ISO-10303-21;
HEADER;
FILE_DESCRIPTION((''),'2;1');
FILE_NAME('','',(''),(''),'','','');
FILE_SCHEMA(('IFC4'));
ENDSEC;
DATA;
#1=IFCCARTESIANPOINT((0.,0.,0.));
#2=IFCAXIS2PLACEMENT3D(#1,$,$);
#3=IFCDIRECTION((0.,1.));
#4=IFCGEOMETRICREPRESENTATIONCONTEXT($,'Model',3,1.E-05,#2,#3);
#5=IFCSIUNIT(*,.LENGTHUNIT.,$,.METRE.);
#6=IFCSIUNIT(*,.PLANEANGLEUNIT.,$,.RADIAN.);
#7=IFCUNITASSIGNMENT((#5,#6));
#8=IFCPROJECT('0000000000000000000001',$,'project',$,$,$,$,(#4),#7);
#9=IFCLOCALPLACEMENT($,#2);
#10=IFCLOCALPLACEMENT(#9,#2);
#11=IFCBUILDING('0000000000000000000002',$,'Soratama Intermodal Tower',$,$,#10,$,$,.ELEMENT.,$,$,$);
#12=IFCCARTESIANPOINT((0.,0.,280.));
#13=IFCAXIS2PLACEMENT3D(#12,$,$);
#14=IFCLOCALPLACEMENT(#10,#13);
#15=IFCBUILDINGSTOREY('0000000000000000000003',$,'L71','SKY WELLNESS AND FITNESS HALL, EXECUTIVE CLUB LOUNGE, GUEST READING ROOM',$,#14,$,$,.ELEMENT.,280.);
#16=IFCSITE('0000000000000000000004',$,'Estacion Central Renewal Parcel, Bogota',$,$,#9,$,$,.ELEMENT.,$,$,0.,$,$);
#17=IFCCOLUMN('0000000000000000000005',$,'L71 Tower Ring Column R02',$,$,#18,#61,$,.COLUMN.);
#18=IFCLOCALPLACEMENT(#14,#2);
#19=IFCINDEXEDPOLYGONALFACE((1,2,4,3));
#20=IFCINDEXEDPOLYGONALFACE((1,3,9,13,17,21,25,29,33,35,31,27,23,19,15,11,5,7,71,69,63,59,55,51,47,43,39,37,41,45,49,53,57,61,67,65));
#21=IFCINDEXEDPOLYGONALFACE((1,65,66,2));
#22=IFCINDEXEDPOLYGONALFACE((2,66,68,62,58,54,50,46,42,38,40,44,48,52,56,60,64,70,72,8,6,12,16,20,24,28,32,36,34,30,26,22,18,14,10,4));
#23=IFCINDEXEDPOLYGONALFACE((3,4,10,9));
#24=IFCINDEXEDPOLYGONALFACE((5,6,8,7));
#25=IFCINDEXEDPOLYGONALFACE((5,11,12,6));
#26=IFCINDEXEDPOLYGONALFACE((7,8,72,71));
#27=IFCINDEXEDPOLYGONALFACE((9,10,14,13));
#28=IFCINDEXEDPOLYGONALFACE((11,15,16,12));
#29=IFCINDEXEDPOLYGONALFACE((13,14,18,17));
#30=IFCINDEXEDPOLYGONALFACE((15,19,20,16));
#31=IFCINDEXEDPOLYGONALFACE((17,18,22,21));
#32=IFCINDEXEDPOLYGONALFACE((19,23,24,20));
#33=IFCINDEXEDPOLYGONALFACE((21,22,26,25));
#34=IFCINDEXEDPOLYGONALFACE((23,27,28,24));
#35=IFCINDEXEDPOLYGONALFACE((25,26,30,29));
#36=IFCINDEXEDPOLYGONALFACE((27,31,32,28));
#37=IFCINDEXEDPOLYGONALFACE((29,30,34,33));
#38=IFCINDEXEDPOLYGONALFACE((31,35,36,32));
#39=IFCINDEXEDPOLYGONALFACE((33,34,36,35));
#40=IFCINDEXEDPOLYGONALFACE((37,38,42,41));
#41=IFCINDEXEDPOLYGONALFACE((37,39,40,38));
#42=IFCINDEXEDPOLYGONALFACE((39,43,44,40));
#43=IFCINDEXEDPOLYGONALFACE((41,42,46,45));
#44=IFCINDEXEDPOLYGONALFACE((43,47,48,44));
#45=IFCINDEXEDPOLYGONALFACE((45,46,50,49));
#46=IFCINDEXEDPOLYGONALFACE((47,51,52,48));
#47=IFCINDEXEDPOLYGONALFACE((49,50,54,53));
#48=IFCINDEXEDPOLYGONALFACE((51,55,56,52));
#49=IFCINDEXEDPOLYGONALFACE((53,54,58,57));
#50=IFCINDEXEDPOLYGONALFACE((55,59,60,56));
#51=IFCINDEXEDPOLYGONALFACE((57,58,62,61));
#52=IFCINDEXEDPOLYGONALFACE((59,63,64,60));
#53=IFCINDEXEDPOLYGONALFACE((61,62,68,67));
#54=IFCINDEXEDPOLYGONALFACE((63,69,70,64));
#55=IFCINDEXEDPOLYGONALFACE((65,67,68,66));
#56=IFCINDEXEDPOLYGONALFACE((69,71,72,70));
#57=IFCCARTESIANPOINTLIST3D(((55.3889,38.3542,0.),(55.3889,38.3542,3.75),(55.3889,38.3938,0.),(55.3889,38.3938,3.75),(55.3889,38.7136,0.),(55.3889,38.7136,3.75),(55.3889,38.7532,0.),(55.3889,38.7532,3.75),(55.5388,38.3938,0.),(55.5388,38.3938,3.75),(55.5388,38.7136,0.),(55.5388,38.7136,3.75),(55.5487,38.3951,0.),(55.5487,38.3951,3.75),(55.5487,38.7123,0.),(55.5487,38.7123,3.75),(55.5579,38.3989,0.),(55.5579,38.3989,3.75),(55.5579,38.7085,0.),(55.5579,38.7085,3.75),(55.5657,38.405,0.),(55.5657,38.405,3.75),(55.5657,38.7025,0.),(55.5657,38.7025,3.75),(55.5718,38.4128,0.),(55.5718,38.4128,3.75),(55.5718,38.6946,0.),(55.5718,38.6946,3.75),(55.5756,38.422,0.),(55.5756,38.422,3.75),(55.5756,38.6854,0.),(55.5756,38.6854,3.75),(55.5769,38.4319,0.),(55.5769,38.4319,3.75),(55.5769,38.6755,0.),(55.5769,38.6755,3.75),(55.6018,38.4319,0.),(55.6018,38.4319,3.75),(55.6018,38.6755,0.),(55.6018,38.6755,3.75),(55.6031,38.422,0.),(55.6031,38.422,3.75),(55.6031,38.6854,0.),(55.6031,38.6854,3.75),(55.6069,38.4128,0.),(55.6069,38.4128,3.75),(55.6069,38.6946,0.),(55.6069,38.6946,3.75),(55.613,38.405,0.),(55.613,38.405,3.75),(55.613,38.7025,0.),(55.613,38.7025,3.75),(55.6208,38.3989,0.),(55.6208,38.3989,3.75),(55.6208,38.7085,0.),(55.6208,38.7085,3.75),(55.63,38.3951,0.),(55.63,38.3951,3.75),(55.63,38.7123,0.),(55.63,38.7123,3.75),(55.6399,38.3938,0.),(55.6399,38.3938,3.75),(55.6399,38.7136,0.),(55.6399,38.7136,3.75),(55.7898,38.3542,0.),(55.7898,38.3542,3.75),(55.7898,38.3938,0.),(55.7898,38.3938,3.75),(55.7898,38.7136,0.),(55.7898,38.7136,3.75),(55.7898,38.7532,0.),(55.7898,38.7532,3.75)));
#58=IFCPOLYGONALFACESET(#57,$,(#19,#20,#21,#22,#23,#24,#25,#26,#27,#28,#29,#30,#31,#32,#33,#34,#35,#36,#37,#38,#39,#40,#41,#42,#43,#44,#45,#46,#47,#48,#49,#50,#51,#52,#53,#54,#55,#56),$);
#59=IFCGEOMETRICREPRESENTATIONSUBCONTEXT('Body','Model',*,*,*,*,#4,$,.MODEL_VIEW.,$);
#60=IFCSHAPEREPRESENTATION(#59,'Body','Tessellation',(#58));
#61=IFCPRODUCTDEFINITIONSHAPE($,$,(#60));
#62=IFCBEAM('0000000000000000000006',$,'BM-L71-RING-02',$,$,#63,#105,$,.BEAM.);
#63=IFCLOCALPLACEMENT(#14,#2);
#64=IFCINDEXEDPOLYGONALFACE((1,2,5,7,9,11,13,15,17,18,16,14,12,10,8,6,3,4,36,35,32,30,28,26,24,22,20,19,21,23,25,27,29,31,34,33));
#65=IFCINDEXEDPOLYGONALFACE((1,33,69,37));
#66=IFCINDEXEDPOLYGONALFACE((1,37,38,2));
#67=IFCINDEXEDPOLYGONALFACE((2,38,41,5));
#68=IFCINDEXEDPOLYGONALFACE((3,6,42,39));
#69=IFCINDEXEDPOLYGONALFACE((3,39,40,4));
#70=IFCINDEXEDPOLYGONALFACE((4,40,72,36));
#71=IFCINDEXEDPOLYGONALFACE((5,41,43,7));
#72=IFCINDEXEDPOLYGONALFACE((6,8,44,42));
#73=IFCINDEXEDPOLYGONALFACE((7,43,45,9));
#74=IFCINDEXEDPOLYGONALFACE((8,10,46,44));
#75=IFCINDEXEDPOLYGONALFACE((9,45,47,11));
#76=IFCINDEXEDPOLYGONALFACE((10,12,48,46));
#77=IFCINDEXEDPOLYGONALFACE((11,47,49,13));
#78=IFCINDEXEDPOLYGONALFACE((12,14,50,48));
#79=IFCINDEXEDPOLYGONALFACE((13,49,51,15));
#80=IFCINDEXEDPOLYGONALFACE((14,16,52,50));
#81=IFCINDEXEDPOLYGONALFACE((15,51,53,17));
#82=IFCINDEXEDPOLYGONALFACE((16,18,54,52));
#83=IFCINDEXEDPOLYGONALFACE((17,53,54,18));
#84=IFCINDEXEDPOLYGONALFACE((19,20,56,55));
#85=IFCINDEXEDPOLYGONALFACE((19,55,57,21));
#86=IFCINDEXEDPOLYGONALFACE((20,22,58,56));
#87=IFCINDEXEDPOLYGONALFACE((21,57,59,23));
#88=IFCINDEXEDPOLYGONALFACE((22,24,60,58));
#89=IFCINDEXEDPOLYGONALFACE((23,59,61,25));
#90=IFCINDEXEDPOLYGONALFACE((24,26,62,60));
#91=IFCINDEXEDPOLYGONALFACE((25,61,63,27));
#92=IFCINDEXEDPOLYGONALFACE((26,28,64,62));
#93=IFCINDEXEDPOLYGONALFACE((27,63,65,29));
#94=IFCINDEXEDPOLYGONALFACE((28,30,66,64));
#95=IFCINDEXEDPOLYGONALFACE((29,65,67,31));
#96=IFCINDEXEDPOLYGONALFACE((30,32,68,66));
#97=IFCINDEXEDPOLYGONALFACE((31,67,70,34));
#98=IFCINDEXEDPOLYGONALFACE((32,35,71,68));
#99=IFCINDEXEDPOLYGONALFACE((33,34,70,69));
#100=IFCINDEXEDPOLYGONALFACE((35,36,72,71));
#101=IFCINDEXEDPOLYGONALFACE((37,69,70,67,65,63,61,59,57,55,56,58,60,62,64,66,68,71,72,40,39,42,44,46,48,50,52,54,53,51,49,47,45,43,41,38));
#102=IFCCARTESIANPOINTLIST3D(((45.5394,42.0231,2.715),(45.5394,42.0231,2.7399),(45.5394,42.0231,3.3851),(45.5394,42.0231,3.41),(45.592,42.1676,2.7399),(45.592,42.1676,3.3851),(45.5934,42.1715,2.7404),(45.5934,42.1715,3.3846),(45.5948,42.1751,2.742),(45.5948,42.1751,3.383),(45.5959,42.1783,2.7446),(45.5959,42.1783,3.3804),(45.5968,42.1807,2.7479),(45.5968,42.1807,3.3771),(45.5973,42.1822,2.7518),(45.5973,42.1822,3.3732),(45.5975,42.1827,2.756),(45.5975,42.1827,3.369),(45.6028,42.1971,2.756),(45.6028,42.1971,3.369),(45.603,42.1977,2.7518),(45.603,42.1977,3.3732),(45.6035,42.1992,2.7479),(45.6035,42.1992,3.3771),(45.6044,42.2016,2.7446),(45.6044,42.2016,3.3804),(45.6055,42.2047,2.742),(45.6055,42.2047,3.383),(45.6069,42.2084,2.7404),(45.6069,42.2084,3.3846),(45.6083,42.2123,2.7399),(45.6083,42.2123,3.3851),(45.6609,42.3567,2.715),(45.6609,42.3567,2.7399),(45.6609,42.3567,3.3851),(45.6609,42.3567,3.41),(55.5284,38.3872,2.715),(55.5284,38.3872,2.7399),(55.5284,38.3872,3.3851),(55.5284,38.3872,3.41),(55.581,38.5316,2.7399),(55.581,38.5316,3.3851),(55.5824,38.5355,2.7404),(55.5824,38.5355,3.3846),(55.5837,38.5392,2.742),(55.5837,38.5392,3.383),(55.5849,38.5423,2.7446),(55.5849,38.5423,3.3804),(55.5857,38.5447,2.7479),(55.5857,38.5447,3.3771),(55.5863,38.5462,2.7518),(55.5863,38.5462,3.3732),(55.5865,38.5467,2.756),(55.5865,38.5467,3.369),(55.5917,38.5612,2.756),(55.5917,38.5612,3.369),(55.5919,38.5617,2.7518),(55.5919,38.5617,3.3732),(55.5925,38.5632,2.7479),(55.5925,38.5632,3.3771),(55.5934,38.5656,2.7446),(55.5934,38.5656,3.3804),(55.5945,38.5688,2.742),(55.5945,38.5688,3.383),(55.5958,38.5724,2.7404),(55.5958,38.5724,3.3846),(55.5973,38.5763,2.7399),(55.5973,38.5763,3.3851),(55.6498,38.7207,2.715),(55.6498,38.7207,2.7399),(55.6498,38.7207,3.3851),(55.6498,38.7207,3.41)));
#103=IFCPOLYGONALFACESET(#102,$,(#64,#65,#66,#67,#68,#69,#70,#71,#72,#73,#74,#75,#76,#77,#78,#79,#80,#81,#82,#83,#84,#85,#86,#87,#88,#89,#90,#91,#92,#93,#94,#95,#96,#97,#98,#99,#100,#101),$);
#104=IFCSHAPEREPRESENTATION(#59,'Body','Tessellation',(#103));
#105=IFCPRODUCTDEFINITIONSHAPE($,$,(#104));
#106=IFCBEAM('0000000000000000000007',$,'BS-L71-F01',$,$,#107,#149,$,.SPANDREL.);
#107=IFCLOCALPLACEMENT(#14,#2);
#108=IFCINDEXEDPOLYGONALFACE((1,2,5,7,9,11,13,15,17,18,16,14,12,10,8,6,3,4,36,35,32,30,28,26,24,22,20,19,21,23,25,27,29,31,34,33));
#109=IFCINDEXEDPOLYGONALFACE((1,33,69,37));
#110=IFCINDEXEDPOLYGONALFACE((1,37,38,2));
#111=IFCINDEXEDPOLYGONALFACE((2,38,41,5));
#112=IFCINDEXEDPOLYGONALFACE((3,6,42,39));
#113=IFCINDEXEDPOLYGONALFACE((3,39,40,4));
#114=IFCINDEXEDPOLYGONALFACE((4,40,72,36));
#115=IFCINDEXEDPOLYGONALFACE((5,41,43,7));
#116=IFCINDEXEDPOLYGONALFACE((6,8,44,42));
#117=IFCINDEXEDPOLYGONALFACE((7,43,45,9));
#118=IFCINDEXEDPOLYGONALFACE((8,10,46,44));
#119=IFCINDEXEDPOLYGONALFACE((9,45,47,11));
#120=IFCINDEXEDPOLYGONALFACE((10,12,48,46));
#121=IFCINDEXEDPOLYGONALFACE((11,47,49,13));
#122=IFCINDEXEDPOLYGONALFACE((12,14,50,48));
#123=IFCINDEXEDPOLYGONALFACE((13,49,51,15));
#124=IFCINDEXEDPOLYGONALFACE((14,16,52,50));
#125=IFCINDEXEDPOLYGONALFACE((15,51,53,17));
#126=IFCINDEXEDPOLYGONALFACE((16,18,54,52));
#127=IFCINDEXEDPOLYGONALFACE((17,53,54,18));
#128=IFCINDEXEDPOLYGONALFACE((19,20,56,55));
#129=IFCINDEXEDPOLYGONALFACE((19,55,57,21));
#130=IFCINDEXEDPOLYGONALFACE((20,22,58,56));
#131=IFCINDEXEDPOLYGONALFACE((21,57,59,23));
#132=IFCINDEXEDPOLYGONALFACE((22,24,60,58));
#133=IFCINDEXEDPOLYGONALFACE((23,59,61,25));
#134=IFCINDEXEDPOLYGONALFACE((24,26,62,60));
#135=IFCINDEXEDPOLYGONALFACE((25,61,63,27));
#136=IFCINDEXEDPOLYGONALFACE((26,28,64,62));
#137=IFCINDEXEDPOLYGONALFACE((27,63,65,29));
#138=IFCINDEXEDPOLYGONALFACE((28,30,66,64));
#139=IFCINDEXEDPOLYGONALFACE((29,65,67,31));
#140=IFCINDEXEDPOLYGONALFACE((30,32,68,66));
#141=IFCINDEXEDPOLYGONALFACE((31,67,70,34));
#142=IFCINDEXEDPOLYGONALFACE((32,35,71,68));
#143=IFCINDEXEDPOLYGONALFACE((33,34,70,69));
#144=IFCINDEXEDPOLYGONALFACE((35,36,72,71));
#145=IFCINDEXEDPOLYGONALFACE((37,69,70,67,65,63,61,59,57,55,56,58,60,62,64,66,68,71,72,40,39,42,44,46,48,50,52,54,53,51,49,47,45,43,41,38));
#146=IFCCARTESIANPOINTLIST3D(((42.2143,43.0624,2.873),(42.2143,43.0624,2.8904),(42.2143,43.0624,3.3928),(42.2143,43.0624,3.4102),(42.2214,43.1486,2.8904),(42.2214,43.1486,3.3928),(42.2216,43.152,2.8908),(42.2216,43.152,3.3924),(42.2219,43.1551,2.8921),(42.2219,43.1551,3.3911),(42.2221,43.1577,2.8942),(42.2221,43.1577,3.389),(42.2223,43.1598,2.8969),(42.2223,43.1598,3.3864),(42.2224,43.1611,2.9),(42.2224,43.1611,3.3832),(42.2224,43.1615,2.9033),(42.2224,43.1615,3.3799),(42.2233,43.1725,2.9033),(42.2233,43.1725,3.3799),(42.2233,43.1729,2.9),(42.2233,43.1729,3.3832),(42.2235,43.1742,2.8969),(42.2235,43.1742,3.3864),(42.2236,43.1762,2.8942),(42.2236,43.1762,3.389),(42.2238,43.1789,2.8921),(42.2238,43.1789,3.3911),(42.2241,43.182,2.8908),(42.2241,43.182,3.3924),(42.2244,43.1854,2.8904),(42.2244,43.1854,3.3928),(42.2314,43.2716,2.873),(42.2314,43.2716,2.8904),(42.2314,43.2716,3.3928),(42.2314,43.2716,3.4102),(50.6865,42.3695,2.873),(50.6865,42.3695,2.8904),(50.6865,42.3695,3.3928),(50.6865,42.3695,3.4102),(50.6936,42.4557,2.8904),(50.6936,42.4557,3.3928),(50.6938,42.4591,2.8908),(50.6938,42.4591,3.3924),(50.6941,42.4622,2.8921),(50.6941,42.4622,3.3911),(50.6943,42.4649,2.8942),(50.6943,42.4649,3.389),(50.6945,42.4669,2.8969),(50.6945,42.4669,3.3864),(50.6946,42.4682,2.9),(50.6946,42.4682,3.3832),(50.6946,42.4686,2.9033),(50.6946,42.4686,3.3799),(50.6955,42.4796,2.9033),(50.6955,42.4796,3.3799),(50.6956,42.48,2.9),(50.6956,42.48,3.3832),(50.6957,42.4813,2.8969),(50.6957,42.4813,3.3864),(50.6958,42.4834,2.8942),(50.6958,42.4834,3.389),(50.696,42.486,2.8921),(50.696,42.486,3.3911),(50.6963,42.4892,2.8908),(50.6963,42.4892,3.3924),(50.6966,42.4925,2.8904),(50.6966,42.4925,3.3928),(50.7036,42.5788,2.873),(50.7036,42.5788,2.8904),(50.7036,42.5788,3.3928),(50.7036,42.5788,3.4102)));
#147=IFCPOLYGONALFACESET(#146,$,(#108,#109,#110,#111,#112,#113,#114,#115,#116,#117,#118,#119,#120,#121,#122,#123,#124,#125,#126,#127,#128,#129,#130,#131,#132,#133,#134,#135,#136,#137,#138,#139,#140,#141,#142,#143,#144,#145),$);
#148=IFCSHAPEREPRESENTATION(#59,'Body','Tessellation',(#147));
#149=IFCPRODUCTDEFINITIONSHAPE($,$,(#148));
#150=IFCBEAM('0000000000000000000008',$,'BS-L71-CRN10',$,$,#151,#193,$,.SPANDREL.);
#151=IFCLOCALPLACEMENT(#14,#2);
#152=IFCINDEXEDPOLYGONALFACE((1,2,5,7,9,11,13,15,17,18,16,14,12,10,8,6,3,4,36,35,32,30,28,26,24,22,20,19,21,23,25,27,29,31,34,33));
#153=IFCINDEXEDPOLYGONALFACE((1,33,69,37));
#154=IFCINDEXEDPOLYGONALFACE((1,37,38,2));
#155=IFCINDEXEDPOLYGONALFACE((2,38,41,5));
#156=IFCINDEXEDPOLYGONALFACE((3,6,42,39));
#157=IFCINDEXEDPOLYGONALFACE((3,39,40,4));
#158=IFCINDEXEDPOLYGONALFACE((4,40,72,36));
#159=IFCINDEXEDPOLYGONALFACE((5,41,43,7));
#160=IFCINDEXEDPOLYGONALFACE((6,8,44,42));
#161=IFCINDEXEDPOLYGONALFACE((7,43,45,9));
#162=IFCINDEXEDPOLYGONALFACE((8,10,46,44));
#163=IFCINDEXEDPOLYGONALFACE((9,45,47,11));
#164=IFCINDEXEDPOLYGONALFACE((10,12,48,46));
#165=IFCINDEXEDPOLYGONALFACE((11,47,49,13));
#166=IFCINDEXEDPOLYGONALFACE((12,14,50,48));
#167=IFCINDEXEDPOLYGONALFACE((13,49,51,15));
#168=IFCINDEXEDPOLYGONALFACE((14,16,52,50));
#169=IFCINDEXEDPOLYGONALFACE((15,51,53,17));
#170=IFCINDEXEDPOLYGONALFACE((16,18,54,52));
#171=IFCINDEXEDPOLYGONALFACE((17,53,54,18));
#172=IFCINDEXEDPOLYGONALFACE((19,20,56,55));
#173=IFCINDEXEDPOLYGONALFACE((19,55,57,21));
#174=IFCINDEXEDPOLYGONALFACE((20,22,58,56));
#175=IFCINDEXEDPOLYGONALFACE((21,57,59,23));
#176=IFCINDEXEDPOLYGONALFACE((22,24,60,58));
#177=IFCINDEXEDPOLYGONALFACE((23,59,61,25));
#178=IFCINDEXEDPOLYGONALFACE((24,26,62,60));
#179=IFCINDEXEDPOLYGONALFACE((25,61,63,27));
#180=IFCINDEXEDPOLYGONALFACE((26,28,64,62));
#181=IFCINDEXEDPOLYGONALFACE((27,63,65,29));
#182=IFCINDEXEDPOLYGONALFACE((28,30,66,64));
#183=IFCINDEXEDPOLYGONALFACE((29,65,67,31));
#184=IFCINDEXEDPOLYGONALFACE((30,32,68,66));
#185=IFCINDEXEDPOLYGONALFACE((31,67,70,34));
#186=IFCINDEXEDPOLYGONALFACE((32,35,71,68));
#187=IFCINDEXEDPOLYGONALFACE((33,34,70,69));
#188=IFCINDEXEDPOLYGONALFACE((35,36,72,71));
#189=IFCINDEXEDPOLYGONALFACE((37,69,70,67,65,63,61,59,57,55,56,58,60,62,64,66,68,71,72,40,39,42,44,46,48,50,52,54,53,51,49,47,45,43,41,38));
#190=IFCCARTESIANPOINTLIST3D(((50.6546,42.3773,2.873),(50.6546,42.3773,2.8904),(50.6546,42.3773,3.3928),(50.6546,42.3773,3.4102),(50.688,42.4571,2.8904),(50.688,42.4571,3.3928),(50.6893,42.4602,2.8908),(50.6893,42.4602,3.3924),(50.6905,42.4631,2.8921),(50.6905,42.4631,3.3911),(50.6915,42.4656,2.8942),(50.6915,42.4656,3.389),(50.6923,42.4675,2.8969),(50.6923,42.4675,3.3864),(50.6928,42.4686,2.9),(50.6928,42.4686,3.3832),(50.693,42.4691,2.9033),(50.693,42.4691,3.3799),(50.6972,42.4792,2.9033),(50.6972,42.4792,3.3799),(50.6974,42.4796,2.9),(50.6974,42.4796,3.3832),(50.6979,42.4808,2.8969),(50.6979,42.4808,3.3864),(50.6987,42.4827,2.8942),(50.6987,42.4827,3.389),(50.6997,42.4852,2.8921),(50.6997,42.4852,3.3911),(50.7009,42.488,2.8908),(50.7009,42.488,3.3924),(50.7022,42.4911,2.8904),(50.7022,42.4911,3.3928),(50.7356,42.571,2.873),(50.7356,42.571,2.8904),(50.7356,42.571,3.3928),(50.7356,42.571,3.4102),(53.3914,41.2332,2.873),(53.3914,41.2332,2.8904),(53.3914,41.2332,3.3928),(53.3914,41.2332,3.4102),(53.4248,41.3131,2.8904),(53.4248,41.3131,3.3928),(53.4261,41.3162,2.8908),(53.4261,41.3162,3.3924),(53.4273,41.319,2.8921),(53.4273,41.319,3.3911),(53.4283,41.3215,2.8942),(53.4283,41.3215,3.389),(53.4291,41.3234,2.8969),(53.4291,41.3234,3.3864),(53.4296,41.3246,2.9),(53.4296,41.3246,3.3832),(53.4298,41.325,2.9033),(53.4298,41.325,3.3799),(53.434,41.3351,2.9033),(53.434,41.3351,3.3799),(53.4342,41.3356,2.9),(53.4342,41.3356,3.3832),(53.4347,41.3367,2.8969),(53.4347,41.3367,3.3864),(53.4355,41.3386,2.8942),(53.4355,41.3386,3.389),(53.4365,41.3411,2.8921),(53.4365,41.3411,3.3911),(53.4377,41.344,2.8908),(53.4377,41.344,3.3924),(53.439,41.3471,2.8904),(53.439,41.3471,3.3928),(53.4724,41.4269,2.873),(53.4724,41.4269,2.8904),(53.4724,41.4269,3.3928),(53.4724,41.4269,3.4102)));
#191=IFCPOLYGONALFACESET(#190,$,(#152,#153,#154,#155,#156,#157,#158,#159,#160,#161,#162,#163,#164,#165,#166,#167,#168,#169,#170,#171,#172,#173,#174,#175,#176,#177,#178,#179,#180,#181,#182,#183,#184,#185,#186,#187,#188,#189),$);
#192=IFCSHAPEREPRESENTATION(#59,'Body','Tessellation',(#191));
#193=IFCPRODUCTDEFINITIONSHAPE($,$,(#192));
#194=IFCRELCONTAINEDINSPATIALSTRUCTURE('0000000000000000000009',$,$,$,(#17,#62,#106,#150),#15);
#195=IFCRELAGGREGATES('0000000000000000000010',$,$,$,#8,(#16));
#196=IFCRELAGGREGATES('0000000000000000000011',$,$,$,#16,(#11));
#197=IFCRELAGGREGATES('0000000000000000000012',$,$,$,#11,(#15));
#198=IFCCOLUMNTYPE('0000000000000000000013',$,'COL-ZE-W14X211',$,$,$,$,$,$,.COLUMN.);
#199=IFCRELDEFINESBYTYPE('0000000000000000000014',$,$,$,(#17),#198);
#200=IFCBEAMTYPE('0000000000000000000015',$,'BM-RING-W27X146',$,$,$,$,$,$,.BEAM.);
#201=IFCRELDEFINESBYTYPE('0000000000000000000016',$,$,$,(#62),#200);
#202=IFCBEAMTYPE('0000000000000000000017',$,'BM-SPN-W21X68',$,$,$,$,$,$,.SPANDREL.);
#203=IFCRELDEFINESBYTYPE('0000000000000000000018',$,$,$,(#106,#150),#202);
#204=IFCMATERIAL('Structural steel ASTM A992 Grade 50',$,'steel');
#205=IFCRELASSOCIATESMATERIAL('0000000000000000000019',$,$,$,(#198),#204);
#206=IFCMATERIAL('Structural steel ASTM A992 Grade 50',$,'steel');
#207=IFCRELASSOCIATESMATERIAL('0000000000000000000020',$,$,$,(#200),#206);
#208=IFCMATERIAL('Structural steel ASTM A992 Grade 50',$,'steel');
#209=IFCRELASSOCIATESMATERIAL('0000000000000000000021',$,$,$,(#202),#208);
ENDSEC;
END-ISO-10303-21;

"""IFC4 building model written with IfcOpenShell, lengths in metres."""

from ifc_helpers import new_model, si_unit, direction, frame, origin, origin_2d, place, context, subcontext, project, spatial, i_section, extrude, material, material_profile, profile_set, type_object, element, save


model = new_model("IFC4")

# Units and contexts
model_context = context("Model", 3, precision=1e-05, world=origin(), true_north=direction((0.0, 1.0)))
body_context = subcontext(model_context, "Body", "Model", "MODEL_VIEW")
ifc_project = project(units=[si_unit("LENGTHUNIT", "METRE"), si_unit("PLANEANGLEUNIT", "RADIAN")], contexts=[model_context])

# Site, building, storey
site_placement = place(None, origin())
site = spatial("IfcSite", under=ifc_project, at=site_placement, Name="Estacion Central Renewal Parcel, Bogota", CompositionType="ELEMENT", RefElevation=0.0)
building_placement = place(site_placement, origin())
building = spatial("IfcBuilding", under=site, at=building_placement, Name="Soratama Intermodal Tower", CompositionType="ELEMENT")
storey_placement = place(building_placement, frame((0.0, 0.0, 280.0)))
storey = spatial("IfcBuildingStorey", under=building, at=storey_placement, Name="L71", Description="SKY WELLNESS AND FITNESS HALL, EXECUTIVE CLUB LOUNGE, GUEST READING ROOM", CompositionType="ELEMENT", Elevation=280.0)

# Column
ifc_material_1 = material(Name="Structural steel ASTM A992 Grade 50", Category="steel")
ifc_material_profile_1 = material_profile(ifc_material_1, i_section(OverallWidth=0.4009, OverallDepth=0.3989, WebThickness=0.0249, FlangeThickness=0.0396, FilletRadius=0.0381, at=origin_2d()), Name="W14X211")
ifc_profile_set_1 = profile_set([ifc_material_profile_1], Name="Structural steel ASTM A992 Grade 50")
column_type = type_object("IfcColumnType", Name="COL-ZE-W14X211", PredefinedType="COLUMN", material=ifc_profile_set_1)
column_placement = place(storey_placement, frame((55.5894, 38.5537, 0.0), z_axis=(0.0, 0.0, 1.0), x_axis=(1.0, 0.0, 0.0)))
element("IfcColumn", 1, at=column_placement, inside=storey, type_object=column_type, Name="L71 Tower Ring Column R02", PredefinedType="COLUMN", context=body_context, shape_type="SweptSolid", body=[
    extrude(i_section(OverallWidth=0.4009, OverallDepth=0.3989, WebThickness=0.0249, FlangeThickness=0.0396, FilletRadius=0.0381, at=origin_2d()), origin(), (0.0, 0.0, 1.0), 3.75),
])

# Beams
ifc_material_2 = material(Name="Structural steel ASTM A992 Grade 50", Category="steel")
ifc_material_profile_2 = material_profile(ifc_material_2, i_section(OverallWidth=0.355, OverallDepth=0.6951, WebThickness=0.0154, FlangeThickness=0.0249, FilletRadius=0.0161, at=origin_2d()), Name="W27X146")
ifc_profile_set_2 = profile_set([ifc_material_profile_2], Name="Structural steel ASTM A992 Grade 50")
beam_type_1 = type_object("IfcBeamType", Name="BM-RING-W27X146", PredefinedType="BEAM", material=ifc_profile_set_2)
beam_1_placement = place(storey_placement, frame((55.5891, 38.554, 3.0625), z_axis=(-0.939684, 0.342044, 0.0), x_axis=(-0.342044, -0.939684, 0.0)))
element("IfcBeam", 2, at=beam_1_placement, inside=storey, type_object=beam_type_1, Name="BM-L71-RING-02", PredefinedType="BEAM", context=body_context, shape_type="SweptSolid", body=[
    extrude(i_section(OverallWidth=0.355, OverallDepth=0.6951, WebThickness=0.0154, FlangeThickness=0.0249, FilletRadius=0.0161, at=origin_2d()), origin(), (0.0, 0.0, 1.0), 10.6301),
])
ifc_material_3 = material(Name="Structural steel ASTM A992 Grade 50", Category="steel")
ifc_material_profile_3 = material_profile(ifc_material_3, i_section(OverallWidth=0.21, OverallDepth=0.5371, WebThickness=0.011, FlangeThickness=0.0173, FilletRadius=0.0129, at=origin_2d()), Name="W21X68")
ifc_profile_set_3 = profile_set([ifc_material_profile_3], Name="Structural steel ASTM A992 Grade 50")
beam_type_2 = type_object("IfcBeamType", Name="BM-SPN-W21X68", PredefinedType="SPANDREL", material=ifc_profile_set_3)
beam_2_placement = place(storey_placement, frame((50.6951, 42.4741, 3.1416), z_axis=(-0.996673, 0.08151, 0.0), x_axis=(-0.08151, -0.996673, 0.0)))
element("IfcBeam", 3, at=beam_2_placement, inside=storey, type_object=beam_type_2, Name="BS-L71-F01", PredefinedType="SPANDREL", context=body_context, shape_type="SweptSolid", body=[
    extrude(i_section(OverallWidth=0.21, OverallDepth=0.5371, WebThickness=0.011, FlangeThickness=0.0173, FilletRadius=0.0129, at=origin_2d()), origin(), (0.0, 0.0, 1.0), 8.5005),
])
beam_3_placement = place(storey_placement, frame((53.4319, 41.3301, 3.1416), z_axis=(-0.922633, 0.385679, 0.0), x_axis=(-0.385679, -0.922633, 0.0)))
element("IfcBeam", 4, at=beam_3_placement, inside=storey, type_object=beam_type_2, Name="BS-L71-CRN10", PredefinedType="SPANDREL", context=body_context, shape_type="SweptSolid", body=[
    extrude(i_section(OverallWidth=0.21, OverallDepth=0.5371, WebThickness=0.011, FlangeThickness=0.0173, FilletRadius=0.0129, at=origin_2d()), origin(), (0.0, 0.0, 1.0), 2.9663),
])

save(model, "model.ifc")
